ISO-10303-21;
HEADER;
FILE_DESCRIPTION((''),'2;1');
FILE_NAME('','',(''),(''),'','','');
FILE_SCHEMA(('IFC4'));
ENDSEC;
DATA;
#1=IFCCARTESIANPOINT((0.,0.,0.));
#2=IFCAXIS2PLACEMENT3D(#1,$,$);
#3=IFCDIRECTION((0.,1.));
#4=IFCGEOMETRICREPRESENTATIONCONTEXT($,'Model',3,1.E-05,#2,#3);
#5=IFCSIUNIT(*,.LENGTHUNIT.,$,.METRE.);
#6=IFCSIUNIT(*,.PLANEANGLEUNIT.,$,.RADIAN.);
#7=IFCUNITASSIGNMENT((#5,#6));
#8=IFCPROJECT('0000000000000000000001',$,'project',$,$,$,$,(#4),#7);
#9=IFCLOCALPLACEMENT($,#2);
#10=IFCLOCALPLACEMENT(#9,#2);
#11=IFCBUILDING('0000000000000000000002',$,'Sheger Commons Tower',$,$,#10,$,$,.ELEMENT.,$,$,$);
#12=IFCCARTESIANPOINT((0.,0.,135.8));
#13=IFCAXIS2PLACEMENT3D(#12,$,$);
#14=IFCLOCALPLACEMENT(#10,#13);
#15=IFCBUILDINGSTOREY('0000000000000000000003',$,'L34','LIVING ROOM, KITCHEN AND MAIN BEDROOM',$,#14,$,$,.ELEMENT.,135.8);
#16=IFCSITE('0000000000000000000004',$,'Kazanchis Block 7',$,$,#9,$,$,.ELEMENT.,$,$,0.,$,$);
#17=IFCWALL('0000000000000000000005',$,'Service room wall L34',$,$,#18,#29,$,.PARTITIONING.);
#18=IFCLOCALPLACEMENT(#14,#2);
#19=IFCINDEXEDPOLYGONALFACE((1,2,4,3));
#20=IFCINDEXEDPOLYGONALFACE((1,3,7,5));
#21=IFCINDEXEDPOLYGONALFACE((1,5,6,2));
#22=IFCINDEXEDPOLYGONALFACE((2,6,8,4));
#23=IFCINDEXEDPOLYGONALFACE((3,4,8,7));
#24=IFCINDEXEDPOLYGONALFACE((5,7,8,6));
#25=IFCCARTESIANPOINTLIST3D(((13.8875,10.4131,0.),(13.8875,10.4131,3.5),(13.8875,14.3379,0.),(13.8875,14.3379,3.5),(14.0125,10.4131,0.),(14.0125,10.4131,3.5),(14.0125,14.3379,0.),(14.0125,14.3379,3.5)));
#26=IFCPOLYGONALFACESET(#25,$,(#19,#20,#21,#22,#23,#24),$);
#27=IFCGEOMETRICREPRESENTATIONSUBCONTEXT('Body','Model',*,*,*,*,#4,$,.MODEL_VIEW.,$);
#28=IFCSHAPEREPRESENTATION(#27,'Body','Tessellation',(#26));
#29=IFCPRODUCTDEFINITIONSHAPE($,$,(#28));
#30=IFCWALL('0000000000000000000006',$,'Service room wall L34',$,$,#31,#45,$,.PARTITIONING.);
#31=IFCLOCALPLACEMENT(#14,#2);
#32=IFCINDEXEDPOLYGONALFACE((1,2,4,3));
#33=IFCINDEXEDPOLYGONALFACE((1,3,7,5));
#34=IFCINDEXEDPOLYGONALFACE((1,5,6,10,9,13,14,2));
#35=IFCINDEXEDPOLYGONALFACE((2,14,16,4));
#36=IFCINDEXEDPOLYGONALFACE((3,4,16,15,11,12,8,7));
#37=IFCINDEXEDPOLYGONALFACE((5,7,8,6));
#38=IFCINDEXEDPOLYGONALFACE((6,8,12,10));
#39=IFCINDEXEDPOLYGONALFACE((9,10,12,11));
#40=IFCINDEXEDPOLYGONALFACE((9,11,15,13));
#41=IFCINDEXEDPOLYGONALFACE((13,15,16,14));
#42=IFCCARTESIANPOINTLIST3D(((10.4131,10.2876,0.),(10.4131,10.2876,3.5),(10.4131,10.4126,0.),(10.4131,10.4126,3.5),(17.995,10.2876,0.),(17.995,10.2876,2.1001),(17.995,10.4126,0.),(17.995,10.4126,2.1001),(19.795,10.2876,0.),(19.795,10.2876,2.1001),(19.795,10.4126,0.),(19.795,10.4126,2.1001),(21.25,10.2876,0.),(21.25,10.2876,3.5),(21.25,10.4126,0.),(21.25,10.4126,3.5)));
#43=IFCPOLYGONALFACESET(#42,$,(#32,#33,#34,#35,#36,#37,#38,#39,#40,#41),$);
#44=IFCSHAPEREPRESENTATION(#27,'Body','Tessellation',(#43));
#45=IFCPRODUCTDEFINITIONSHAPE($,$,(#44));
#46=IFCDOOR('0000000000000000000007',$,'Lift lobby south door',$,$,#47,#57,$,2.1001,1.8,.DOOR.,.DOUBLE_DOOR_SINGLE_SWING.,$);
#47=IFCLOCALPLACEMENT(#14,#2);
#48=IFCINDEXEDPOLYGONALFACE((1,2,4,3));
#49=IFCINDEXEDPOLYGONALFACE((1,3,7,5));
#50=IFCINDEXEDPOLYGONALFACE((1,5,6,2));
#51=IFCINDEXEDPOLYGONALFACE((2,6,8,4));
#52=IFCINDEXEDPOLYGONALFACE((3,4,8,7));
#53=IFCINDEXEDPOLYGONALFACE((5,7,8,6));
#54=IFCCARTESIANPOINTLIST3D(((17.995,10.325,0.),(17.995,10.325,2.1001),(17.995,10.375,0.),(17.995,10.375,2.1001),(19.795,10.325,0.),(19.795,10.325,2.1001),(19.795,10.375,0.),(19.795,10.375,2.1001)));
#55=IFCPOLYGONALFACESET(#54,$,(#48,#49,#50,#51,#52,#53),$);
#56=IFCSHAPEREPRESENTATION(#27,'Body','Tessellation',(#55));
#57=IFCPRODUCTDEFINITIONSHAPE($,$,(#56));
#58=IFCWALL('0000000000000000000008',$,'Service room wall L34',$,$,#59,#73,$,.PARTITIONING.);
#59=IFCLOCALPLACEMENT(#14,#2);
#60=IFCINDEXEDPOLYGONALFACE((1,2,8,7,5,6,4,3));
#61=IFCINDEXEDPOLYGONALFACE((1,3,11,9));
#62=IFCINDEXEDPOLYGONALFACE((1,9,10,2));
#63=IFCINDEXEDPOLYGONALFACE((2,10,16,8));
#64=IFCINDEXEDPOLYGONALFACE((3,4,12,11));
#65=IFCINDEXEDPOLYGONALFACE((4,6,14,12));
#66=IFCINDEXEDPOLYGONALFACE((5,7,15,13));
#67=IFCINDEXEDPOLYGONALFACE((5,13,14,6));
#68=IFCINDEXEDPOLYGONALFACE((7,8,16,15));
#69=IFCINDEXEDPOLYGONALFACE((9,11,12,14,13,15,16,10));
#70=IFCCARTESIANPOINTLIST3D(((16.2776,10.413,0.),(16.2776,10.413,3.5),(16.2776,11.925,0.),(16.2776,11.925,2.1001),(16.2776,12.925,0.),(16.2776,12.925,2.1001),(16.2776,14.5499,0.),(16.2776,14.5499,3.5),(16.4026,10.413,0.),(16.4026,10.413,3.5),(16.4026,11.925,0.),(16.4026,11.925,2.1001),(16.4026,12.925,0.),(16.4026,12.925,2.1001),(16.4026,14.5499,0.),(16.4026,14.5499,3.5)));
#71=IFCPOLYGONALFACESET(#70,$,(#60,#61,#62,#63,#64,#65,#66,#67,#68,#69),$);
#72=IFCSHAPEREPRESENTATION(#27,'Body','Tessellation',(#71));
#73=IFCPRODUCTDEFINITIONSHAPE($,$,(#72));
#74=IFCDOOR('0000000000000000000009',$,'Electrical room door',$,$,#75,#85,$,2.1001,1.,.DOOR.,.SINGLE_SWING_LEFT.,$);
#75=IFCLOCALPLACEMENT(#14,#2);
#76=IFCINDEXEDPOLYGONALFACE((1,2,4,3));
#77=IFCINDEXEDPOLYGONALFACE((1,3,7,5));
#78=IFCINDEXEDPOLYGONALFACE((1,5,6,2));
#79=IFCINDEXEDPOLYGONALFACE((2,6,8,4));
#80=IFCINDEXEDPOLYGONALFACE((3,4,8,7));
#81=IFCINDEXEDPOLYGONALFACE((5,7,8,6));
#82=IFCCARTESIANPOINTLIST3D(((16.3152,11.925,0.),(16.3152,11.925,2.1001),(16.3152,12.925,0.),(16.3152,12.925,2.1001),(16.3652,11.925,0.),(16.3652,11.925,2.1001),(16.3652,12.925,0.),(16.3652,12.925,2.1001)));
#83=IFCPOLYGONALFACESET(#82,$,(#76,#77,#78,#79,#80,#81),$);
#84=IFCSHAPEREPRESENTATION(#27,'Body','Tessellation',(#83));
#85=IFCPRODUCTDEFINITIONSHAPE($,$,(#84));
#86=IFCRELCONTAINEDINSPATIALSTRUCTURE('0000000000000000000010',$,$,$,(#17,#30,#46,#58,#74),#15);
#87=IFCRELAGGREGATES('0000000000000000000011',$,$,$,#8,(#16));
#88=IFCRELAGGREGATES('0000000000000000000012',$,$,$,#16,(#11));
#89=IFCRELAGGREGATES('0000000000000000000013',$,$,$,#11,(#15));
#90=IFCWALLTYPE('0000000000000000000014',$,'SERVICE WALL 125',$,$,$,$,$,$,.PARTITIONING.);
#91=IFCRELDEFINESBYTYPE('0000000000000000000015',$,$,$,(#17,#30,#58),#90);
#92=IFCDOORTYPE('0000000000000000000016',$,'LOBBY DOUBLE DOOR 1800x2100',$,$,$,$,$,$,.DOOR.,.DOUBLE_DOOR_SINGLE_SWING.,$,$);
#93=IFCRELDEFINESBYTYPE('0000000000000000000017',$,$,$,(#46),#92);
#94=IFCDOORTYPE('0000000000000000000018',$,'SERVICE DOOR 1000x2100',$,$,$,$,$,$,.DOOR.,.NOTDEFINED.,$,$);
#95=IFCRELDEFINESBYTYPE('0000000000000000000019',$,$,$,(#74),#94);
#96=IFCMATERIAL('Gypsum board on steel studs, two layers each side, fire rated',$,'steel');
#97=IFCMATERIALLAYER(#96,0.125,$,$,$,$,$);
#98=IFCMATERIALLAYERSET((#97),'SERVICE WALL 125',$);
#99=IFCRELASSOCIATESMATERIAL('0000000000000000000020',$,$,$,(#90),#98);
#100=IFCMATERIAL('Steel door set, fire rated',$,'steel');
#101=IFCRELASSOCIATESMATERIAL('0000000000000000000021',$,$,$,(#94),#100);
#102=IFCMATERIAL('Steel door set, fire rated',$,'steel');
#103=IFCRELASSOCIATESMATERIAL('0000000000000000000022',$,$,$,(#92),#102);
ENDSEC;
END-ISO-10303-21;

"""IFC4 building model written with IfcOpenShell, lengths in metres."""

from ifc_helpers import new_model, si_unit, direction, frame, frame_2d, origin, place, context, subcontext, project, spatial, rectangle, extrude, material, layer, layer_set, type_object, element, fill, save


model = new_model("IFC4")

# Units and contexts
model_context = context("Model", 3, precision=1e-05, world=origin(), true_north=direction((0.0, 1.0)))
body_context = subcontext(model_context, "Body", "Model", "MODEL_VIEW")
ifc_project = project(units=[si_unit("LENGTHUNIT", "METRE"), si_unit("PLANEANGLEUNIT", "RADIAN")], contexts=[model_context])

# Site, building, storey
site_placement = place(None, origin())
site = spatial("IfcSite", under=ifc_project, at=site_placement, Name="Kazanchis Block 7", CompositionType="ELEMENT", RefElevation=0.0)
building_placement = place(site_placement, origin())
building = spatial("IfcBuilding", under=site, at=building_placement, Name="Sheger Commons Tower", CompositionType="ELEMENT")
storey_placement = place(building_placement, frame((0.0, 0.0, 135.8)))
storey = spatial("IfcBuildingStorey", under=building, at=storey_placement, Name="L34", Description="LIVING ROOM, KITCHEN AND MAIN BEDROOM", CompositionType="ELEMENT", Elevation=135.8)

# Shared definitions
ifc_material_1 = material(Name="Gypsum board on steel studs, two layers each side, fire rated", Category="steel")
ifc_layer_1 = layer(ifc_material_1, 0.125)
ifc_layer_set_1 = layer_set([ifc_layer_1], Name="SERVICE WALL 125")
wall_type_1 = type_object("IfcWallType", Name="SERVICE WALL 125", PredefinedType="PARTITIONING", material=ifc_layer_set_1)
ifc_material_2 = material(Name="Steel door set, fire rated", Category="steel")
door_type_1 = type_object("IfcDoorType", Name="SERVICE DOOR 1000x2100", OperationType="NOTDEFINED", PredefinedType="DOOR", material=ifc_material_2)

# Wall
wall_1_placement = place(storey_placement, frame((13.95, 10.4131, 0.0), z_axis=(0.0, 0.0, 1.0), x_axis=(0.0, 1.0, 0.0)))
element("IfcWall", 1, at=wall_1_placement, inside=storey, type_object=wall_type_1, Name="Service room wall L34", PredefinedType="PARTITIONING", context=body_context, shape_type="SweptSolid", body=[
    extrude(rectangle(XDim=3.9248, YDim=0.125, at=frame_2d((1.9624, 0.0))), origin(), (0.0, 0.0, 1.0), 3.5),
])

# Walls, openings, doors
wall_2_placement = place(storey_placement, frame((10.4131, 10.3501, 0.0), z_axis=(0.0, 0.0, 1.0), x_axis=(1.0, 0.0, 0.0)))
wall_2 = element("IfcWall", 2, at=wall_2_placement, inside=storey, type_object=wall_type_1, Name="Service room wall L34", PredefinedType="PARTITIONING", context=body_context, shape_type="SweptSolid", body=[
    extrude(rectangle(XDim=10.8369, YDim=0.125, at=frame_2d((5.4185, 0.0))), origin(), (0.0, 0.0, 1.0), 3.5),
])
opening_1_placement = place(wall_2_placement, frame((7.582, 0.0, 0.0)))
opening_1 = element("IfcOpeningElement", 3, at=opening_1_placement, cuts=wall_2, PredefinedType="OPENING", context=body_context, shape_type="SweptSolid", body=[
    extrude(rectangle(XDim=1.8, YDim=2.1001, at=frame_2d((0.8999, 1.05))), frame((0.0, 0.0725, 0.0), z_axis=(0.0, -1.0, 0.0), x_axis=(1.0, 0.0, 0.0)), (0.0, 0.0, 1.0), 0.145),
])
ifc_material_3 = material(Name="Steel door set, fire rated", Category="steel")
door_type_2 = type_object("IfcDoorType", Name="LOBBY DOUBLE DOOR 1800x2100", OperationType="DOUBLE_DOOR_SINGLE_SWING", PredefinedType="DOOR", material=ifc_material_3)
door_1_placement = place(opening_1_placement, origin())
door_1 = element("IfcDoor", 4, at=door_1_placement, inside=storey, type_object=door_type_2, Name="Lift lobby south door", OperationType="DOUBLE_DOOR_SINGLE_SWING", OverallHeight=2.1001, OverallWidth=1.8, PredefinedType="DOOR", context=body_context, shape_type="SweptSolid", body=[
    extrude(rectangle(XDim=1.8, YDim=2.1001, at=frame_2d((0.8999, 1.05))), frame((0.0, 0.0249, 0.0), z_axis=(0.0, -1.0, 0.0), x_axis=(1.0, 0.0, 0.0)), (0.0, 0.0, 1.0), 0.05),
])
fill(opening_1, door_1)
wall_3_placement = place(storey_placement, frame((16.3401, 10.4131, 0.0), z_axis=(0.0, 0.0, 1.0), x_axis=(0.0, 1.0, 0.0)))
wall_3 = element("IfcWall", 5, at=wall_3_placement, inside=storey, type_object=wall_type_1, Name="Service room wall L34", PredefinedType="PARTITIONING", context=body_context, shape_type="SweptSolid", body=[
    extrude(rectangle(XDim=4.137, YDim=0.125, at=frame_2d((2.0684, 0.0))), origin(), (0.0, 0.0, 1.0), 3.5),
])
opening_2_placement = place(wall_3_placement, frame((1.512, 0.0, 0.0)))
opening_2 = element("IfcOpeningElement", 6, at=opening_2_placement, cuts=wall_3, PredefinedType="OPENING", context=body_context, shape_type="SweptSolid", body=[
    extrude(rectangle(XDim=1.0, YDim=2.1001, at=frame_2d((0.5, 1.05))), frame((0.0, 0.0725, 0.0), z_axis=(0.0, -1.0, 0.0), x_axis=(1.0, 0.0, 0.0)), (0.0, 0.0, 1.0), 0.145),
])
door_2_placement = place(opening_2_placement, origin())
door_2 = element("IfcDoor", 7, at=door_2_placement, inside=storey, type_object=door_type_1, Name="Electrical room door", OperationType="SINGLE_SWING_LEFT", OverallHeight=2.1001, OverallWidth=1.0, PredefinedType="DOOR", context=body_context, shape_type="SweptSolid", body=[
    extrude(rectangle(XDim=1.0, YDim=2.1001, at=frame_2d((0.5, 1.05))), frame((0.0, 0.0249, 0.0), z_axis=(0.0, -1.0, 0.0), x_axis=(1.0, 0.0, 0.0)), (0.0, 0.0, 1.0), 0.05),
])
fill(opening_2, door_2)

save(model, "model.ifc")
